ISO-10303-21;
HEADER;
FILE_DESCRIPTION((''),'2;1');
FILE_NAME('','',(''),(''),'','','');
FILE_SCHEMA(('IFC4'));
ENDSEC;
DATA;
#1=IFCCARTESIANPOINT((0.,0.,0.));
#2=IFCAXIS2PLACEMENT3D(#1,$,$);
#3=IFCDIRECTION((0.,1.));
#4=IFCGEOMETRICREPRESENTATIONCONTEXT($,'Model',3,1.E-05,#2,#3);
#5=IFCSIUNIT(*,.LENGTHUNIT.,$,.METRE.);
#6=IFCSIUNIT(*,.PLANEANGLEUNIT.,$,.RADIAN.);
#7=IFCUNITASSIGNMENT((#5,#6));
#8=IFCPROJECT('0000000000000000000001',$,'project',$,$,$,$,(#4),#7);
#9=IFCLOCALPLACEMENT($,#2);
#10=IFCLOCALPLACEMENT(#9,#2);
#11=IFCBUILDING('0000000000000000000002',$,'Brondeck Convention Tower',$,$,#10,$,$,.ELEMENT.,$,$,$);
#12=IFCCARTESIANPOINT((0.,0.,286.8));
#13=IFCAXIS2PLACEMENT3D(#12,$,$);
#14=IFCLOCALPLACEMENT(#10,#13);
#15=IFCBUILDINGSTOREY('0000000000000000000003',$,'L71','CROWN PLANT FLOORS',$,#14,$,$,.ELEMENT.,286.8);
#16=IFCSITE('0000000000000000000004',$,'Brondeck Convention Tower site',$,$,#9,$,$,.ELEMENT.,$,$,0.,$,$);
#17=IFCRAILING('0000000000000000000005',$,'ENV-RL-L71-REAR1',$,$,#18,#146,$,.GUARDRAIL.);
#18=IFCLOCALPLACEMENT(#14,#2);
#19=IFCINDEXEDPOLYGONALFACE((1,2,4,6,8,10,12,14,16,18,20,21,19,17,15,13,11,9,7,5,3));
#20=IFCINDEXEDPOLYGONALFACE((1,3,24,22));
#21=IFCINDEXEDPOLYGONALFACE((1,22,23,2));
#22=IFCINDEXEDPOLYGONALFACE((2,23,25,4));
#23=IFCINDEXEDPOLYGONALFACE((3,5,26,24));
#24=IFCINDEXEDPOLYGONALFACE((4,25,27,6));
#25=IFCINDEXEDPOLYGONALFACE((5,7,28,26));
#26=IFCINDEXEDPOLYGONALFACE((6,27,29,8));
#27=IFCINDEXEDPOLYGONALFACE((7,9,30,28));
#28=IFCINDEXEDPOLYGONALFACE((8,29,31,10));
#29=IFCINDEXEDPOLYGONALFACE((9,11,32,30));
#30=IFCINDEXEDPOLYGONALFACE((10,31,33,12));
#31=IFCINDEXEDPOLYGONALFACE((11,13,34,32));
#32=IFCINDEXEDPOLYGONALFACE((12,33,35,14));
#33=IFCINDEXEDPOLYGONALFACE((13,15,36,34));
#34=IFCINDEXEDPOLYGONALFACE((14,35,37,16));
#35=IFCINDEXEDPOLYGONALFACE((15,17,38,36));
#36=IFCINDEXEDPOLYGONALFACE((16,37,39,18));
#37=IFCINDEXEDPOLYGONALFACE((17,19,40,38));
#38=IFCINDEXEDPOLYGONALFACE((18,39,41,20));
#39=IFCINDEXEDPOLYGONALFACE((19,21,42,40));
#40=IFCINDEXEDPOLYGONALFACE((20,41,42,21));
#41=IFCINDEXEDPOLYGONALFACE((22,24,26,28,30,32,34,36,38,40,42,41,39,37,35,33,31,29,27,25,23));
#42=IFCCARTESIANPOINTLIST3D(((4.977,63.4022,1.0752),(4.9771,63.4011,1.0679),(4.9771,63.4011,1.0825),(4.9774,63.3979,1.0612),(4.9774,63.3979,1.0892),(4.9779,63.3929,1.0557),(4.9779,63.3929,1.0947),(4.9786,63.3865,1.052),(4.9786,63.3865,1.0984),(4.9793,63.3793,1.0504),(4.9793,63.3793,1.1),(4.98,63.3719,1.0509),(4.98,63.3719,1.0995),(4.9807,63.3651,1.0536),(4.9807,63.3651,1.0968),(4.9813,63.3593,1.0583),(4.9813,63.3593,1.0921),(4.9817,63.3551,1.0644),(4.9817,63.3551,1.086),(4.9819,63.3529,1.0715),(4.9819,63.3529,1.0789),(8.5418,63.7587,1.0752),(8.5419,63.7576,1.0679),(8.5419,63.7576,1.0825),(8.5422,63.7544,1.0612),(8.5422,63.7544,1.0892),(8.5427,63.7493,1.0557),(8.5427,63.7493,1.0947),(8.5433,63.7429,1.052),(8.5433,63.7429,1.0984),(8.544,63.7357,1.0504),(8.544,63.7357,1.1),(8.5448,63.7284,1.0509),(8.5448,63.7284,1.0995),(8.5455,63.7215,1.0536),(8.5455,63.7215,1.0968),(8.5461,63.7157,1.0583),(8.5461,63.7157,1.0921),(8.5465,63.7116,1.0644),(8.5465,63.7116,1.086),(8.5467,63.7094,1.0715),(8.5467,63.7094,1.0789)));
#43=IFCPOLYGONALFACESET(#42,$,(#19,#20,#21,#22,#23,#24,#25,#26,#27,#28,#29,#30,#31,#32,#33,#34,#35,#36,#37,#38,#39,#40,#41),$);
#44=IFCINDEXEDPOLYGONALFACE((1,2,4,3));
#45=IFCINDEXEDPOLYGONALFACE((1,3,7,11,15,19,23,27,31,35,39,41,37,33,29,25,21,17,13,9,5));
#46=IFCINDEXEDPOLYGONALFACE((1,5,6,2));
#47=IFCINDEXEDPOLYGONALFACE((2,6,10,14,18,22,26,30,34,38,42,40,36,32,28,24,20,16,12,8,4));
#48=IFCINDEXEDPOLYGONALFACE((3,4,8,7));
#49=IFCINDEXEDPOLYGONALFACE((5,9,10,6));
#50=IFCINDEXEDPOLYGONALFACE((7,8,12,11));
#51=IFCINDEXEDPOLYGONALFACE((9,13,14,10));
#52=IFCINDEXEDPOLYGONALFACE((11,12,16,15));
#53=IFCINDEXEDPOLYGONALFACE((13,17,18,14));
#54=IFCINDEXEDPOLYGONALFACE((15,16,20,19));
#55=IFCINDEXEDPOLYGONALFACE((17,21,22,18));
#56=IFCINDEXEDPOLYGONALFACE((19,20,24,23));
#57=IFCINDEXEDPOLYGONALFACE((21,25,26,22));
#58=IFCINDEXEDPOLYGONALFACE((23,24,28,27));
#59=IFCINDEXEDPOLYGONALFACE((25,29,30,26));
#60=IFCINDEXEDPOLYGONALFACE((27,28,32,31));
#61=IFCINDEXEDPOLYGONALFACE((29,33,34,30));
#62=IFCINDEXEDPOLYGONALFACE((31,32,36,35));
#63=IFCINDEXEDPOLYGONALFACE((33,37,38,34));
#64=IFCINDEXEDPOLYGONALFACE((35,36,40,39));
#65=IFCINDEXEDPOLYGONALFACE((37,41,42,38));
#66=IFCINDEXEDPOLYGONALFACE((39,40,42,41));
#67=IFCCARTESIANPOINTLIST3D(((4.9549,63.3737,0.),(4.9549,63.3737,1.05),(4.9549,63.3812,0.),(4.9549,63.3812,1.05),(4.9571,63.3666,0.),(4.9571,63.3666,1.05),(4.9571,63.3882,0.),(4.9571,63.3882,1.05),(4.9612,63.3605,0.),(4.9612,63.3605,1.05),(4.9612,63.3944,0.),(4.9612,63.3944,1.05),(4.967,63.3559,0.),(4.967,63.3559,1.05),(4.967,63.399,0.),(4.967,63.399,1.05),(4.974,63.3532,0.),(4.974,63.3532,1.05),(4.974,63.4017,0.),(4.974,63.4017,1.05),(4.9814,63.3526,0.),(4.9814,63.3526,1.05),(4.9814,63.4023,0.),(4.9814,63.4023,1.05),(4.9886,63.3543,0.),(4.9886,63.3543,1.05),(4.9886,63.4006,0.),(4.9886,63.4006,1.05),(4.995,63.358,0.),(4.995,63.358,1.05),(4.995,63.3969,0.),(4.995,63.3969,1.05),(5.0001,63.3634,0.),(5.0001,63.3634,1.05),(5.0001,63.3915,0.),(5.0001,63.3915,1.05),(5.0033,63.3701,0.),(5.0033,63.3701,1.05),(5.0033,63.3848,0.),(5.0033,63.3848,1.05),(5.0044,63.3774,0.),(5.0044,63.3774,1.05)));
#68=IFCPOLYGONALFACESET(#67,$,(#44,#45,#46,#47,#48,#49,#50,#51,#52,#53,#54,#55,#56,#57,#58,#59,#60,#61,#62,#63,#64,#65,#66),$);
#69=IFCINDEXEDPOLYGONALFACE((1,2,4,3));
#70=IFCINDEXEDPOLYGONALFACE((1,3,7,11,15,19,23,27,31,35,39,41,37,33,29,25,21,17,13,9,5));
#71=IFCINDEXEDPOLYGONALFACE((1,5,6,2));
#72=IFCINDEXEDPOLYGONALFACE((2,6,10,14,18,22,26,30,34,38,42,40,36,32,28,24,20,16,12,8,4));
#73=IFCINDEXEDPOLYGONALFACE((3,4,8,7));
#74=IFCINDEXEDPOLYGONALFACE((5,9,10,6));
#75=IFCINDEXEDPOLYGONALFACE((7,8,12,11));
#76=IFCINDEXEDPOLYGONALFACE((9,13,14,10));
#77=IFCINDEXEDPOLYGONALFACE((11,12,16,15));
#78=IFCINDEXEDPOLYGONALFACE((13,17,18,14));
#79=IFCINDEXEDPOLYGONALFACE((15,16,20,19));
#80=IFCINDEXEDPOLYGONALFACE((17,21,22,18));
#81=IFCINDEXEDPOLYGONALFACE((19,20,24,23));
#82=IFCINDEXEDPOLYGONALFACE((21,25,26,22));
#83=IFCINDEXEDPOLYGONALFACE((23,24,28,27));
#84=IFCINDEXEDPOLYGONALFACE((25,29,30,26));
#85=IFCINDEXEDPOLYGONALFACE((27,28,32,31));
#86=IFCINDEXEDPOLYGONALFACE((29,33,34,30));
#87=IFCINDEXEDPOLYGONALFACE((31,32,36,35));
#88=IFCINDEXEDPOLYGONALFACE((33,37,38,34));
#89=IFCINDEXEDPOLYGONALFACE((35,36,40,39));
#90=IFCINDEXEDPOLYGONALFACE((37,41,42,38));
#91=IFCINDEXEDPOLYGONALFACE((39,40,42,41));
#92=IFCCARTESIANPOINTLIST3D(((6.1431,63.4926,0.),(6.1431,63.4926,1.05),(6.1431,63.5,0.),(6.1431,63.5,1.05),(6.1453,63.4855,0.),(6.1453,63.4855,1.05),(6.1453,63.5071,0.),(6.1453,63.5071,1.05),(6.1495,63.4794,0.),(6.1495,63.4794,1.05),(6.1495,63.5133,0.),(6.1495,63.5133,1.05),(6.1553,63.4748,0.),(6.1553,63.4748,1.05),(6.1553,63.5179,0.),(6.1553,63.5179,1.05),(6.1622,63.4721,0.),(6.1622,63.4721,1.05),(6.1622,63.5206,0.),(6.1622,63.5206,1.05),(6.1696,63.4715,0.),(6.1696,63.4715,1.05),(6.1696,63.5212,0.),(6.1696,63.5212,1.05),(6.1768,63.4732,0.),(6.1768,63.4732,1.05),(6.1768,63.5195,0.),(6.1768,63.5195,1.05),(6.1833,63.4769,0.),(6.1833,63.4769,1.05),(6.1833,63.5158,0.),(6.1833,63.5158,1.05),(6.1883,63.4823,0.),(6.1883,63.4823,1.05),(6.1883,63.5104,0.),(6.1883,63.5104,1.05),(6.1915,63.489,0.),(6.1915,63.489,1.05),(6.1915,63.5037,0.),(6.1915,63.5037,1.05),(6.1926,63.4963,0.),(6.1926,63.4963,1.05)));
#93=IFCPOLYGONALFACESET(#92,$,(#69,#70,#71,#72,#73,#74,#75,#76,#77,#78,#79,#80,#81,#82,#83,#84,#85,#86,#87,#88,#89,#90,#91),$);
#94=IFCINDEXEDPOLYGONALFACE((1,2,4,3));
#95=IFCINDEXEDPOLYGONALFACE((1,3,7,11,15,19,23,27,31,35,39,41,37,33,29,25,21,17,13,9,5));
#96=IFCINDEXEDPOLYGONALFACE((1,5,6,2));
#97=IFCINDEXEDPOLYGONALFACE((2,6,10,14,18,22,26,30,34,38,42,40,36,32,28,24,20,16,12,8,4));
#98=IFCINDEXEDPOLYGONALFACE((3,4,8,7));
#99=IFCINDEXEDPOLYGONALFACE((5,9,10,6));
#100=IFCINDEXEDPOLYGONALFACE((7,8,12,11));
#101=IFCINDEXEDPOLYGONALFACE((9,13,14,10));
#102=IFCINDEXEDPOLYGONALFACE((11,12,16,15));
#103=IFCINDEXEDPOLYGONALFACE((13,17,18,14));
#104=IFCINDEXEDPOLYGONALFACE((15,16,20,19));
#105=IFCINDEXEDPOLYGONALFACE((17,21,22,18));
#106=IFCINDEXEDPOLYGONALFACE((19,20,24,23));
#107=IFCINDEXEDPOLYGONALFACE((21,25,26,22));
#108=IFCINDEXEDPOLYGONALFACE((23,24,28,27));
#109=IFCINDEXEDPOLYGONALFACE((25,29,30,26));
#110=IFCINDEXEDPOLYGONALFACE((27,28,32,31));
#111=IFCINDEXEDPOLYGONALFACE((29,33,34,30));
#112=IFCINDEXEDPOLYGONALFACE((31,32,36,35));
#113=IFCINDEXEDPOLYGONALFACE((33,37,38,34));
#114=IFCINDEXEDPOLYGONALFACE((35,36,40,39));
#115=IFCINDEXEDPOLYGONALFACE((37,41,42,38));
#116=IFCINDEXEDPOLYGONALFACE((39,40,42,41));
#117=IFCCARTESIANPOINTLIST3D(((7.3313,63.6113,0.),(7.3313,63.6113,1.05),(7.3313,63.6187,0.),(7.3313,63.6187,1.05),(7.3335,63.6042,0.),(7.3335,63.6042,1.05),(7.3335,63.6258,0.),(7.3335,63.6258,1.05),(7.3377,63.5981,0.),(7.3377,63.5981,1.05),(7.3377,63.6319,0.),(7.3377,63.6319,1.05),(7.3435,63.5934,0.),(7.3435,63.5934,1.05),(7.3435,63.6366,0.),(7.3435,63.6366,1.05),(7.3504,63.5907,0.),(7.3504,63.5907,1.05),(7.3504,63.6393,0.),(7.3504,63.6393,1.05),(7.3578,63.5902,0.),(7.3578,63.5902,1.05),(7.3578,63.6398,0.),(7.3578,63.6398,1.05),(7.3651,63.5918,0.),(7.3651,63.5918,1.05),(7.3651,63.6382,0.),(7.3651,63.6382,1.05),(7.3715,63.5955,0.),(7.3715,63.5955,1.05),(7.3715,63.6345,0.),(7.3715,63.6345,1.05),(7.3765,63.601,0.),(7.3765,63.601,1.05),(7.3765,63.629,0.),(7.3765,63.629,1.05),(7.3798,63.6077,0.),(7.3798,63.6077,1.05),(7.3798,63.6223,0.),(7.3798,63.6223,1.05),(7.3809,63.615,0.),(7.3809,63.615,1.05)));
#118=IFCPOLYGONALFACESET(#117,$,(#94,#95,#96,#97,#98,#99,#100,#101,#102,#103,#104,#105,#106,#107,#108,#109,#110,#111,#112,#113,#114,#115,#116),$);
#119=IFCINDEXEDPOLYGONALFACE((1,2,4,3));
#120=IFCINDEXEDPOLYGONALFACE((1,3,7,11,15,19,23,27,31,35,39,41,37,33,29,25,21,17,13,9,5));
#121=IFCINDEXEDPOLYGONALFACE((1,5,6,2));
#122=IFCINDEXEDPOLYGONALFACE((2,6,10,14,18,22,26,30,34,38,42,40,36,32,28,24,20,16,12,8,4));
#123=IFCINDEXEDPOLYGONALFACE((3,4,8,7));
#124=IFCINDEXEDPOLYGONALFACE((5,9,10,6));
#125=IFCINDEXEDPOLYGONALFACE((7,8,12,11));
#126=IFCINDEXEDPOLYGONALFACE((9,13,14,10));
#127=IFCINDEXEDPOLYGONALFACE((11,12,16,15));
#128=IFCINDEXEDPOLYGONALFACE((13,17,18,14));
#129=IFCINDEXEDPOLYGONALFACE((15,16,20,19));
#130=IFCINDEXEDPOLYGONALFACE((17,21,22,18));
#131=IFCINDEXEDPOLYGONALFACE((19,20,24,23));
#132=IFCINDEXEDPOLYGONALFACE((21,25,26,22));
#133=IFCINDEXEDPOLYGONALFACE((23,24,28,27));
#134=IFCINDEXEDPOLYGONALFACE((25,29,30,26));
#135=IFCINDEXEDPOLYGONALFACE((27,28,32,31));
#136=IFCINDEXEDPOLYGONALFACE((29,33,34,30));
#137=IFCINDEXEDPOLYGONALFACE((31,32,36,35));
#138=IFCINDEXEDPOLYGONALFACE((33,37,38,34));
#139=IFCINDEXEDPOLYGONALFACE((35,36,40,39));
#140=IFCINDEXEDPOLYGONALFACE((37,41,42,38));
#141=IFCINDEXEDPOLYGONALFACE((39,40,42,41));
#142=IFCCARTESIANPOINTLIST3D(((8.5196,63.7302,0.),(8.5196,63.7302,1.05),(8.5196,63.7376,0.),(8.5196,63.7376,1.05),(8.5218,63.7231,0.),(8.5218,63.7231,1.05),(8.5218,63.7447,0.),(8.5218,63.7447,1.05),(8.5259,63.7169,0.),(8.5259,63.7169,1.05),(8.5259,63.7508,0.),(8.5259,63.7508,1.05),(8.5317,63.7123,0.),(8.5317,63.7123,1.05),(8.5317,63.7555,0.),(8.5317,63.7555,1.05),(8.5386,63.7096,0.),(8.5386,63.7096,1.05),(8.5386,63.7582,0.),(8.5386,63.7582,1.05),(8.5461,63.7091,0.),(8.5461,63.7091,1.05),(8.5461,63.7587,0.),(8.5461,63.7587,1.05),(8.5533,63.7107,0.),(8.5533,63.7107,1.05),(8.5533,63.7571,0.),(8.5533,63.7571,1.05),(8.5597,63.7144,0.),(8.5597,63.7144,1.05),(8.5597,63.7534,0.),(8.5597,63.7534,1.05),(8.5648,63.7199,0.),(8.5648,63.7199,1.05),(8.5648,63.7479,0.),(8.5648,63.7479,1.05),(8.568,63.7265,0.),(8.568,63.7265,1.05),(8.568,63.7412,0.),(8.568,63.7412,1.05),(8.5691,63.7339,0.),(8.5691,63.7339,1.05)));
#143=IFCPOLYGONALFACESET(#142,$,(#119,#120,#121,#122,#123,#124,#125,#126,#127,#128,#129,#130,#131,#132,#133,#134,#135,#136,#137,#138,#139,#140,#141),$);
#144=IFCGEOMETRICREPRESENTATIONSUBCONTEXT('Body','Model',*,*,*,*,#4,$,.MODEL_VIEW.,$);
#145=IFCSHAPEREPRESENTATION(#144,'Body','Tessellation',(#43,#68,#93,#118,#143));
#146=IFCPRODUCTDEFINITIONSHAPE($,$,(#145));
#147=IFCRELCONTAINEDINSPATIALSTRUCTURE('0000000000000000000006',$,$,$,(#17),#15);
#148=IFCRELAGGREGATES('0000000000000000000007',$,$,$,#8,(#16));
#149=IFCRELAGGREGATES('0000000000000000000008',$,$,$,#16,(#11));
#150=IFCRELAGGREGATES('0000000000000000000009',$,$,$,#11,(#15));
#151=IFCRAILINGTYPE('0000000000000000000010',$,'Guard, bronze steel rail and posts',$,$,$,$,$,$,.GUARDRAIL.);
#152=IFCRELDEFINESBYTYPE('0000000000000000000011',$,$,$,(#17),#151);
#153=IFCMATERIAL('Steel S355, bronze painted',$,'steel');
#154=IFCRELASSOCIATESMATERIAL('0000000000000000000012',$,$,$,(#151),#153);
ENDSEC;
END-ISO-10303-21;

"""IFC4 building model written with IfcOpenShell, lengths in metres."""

from ifc_helpers import new_model, si_unit, direction, frame, origin, origin_2d, place, context, subcontext, project, spatial, circle, extrude, material, type_object, element, save


model = new_model("IFC4")

# Units and contexts
model_context = context("Model", 3, precision=1e-05, world=origin(), true_north=direction((0.0, 1.0)))
body_context = subcontext(model_context, "Body", "Model", "MODEL_VIEW")
ifc_project = project(units=[si_unit("LENGTHUNIT", "METRE"), si_unit("PLANEANGLEUNIT", "RADIAN")], contexts=[model_context])

# Site, building, storey
site_placement = place(None, origin())
site = spatial("IfcSite", under=ifc_project, at=site_placement, Name="Brondeck Convention Tower site", CompositionType="ELEMENT", RefElevation=0.0)
building_placement = place(site_placement, origin())
building = spatial("IfcBuilding", under=site, at=building_placement, Name="Brondeck Convention Tower", CompositionType="ELEMENT")
storey_placement = place(building_placement, frame((0.0, 0.0, 286.8)))
storey = spatial("IfcBuildingStorey", under=building, at=storey_placement, Name="L71", Description="CROWN PLANT FLOORS", CompositionType="ELEMENT", Elevation=286.8)

# Railing
ifc_material_1 = material(Name="Steel S355, bronze painted", Category="steel")
railing_type_1 = type_object("IfcRailingType", Name="Guard, bronze steel rail and posts", PredefinedType="GUARDRAIL", material=ifc_material_1)
railing_1_placement = place(storey_placement, frame((4.9795, 63.3774, 0.0)))
element("IfcRailing", 1, at=railing_1_placement, inside=storey, type_object=railing_type_1, Name="ENV-RL-L71-REAR1", PredefinedType="GUARDRAIL", context=body_context, shape_type="SweptSolid", body=[
    extrude(circle(Radius=0.0249, at=origin_2d()), frame((0.0, 0.0, 1.0752), z_axis=(0.995038, 0.099497, 0.0), x_axis=(-0.099497, 0.995038, 0.0)), (0.0, 0.0, 1.0), 3.5825),
    extrude(circle(Radius=0.0249, at=origin_2d()), origin(), (0.0, 0.0, 1.0), 1.05),
    extrude(circle(Radius=0.0249, at=origin_2d()), frame((1.1882, 0.1189, 0.0)), (0.0, 0.0, 1.0), 1.05),
    extrude(circle(Radius=0.0249, at=origin_2d()), frame((2.3765, 0.2375, 0.0)), (0.0, 0.0, 1.0), 1.05),
    extrude(circle(Radius=0.0249, at=origin_2d()), frame((3.5647, 0.3564, 0.0)), (0.0, 0.0, 1.0), 1.05),
])

save(model, "model.ifc")
